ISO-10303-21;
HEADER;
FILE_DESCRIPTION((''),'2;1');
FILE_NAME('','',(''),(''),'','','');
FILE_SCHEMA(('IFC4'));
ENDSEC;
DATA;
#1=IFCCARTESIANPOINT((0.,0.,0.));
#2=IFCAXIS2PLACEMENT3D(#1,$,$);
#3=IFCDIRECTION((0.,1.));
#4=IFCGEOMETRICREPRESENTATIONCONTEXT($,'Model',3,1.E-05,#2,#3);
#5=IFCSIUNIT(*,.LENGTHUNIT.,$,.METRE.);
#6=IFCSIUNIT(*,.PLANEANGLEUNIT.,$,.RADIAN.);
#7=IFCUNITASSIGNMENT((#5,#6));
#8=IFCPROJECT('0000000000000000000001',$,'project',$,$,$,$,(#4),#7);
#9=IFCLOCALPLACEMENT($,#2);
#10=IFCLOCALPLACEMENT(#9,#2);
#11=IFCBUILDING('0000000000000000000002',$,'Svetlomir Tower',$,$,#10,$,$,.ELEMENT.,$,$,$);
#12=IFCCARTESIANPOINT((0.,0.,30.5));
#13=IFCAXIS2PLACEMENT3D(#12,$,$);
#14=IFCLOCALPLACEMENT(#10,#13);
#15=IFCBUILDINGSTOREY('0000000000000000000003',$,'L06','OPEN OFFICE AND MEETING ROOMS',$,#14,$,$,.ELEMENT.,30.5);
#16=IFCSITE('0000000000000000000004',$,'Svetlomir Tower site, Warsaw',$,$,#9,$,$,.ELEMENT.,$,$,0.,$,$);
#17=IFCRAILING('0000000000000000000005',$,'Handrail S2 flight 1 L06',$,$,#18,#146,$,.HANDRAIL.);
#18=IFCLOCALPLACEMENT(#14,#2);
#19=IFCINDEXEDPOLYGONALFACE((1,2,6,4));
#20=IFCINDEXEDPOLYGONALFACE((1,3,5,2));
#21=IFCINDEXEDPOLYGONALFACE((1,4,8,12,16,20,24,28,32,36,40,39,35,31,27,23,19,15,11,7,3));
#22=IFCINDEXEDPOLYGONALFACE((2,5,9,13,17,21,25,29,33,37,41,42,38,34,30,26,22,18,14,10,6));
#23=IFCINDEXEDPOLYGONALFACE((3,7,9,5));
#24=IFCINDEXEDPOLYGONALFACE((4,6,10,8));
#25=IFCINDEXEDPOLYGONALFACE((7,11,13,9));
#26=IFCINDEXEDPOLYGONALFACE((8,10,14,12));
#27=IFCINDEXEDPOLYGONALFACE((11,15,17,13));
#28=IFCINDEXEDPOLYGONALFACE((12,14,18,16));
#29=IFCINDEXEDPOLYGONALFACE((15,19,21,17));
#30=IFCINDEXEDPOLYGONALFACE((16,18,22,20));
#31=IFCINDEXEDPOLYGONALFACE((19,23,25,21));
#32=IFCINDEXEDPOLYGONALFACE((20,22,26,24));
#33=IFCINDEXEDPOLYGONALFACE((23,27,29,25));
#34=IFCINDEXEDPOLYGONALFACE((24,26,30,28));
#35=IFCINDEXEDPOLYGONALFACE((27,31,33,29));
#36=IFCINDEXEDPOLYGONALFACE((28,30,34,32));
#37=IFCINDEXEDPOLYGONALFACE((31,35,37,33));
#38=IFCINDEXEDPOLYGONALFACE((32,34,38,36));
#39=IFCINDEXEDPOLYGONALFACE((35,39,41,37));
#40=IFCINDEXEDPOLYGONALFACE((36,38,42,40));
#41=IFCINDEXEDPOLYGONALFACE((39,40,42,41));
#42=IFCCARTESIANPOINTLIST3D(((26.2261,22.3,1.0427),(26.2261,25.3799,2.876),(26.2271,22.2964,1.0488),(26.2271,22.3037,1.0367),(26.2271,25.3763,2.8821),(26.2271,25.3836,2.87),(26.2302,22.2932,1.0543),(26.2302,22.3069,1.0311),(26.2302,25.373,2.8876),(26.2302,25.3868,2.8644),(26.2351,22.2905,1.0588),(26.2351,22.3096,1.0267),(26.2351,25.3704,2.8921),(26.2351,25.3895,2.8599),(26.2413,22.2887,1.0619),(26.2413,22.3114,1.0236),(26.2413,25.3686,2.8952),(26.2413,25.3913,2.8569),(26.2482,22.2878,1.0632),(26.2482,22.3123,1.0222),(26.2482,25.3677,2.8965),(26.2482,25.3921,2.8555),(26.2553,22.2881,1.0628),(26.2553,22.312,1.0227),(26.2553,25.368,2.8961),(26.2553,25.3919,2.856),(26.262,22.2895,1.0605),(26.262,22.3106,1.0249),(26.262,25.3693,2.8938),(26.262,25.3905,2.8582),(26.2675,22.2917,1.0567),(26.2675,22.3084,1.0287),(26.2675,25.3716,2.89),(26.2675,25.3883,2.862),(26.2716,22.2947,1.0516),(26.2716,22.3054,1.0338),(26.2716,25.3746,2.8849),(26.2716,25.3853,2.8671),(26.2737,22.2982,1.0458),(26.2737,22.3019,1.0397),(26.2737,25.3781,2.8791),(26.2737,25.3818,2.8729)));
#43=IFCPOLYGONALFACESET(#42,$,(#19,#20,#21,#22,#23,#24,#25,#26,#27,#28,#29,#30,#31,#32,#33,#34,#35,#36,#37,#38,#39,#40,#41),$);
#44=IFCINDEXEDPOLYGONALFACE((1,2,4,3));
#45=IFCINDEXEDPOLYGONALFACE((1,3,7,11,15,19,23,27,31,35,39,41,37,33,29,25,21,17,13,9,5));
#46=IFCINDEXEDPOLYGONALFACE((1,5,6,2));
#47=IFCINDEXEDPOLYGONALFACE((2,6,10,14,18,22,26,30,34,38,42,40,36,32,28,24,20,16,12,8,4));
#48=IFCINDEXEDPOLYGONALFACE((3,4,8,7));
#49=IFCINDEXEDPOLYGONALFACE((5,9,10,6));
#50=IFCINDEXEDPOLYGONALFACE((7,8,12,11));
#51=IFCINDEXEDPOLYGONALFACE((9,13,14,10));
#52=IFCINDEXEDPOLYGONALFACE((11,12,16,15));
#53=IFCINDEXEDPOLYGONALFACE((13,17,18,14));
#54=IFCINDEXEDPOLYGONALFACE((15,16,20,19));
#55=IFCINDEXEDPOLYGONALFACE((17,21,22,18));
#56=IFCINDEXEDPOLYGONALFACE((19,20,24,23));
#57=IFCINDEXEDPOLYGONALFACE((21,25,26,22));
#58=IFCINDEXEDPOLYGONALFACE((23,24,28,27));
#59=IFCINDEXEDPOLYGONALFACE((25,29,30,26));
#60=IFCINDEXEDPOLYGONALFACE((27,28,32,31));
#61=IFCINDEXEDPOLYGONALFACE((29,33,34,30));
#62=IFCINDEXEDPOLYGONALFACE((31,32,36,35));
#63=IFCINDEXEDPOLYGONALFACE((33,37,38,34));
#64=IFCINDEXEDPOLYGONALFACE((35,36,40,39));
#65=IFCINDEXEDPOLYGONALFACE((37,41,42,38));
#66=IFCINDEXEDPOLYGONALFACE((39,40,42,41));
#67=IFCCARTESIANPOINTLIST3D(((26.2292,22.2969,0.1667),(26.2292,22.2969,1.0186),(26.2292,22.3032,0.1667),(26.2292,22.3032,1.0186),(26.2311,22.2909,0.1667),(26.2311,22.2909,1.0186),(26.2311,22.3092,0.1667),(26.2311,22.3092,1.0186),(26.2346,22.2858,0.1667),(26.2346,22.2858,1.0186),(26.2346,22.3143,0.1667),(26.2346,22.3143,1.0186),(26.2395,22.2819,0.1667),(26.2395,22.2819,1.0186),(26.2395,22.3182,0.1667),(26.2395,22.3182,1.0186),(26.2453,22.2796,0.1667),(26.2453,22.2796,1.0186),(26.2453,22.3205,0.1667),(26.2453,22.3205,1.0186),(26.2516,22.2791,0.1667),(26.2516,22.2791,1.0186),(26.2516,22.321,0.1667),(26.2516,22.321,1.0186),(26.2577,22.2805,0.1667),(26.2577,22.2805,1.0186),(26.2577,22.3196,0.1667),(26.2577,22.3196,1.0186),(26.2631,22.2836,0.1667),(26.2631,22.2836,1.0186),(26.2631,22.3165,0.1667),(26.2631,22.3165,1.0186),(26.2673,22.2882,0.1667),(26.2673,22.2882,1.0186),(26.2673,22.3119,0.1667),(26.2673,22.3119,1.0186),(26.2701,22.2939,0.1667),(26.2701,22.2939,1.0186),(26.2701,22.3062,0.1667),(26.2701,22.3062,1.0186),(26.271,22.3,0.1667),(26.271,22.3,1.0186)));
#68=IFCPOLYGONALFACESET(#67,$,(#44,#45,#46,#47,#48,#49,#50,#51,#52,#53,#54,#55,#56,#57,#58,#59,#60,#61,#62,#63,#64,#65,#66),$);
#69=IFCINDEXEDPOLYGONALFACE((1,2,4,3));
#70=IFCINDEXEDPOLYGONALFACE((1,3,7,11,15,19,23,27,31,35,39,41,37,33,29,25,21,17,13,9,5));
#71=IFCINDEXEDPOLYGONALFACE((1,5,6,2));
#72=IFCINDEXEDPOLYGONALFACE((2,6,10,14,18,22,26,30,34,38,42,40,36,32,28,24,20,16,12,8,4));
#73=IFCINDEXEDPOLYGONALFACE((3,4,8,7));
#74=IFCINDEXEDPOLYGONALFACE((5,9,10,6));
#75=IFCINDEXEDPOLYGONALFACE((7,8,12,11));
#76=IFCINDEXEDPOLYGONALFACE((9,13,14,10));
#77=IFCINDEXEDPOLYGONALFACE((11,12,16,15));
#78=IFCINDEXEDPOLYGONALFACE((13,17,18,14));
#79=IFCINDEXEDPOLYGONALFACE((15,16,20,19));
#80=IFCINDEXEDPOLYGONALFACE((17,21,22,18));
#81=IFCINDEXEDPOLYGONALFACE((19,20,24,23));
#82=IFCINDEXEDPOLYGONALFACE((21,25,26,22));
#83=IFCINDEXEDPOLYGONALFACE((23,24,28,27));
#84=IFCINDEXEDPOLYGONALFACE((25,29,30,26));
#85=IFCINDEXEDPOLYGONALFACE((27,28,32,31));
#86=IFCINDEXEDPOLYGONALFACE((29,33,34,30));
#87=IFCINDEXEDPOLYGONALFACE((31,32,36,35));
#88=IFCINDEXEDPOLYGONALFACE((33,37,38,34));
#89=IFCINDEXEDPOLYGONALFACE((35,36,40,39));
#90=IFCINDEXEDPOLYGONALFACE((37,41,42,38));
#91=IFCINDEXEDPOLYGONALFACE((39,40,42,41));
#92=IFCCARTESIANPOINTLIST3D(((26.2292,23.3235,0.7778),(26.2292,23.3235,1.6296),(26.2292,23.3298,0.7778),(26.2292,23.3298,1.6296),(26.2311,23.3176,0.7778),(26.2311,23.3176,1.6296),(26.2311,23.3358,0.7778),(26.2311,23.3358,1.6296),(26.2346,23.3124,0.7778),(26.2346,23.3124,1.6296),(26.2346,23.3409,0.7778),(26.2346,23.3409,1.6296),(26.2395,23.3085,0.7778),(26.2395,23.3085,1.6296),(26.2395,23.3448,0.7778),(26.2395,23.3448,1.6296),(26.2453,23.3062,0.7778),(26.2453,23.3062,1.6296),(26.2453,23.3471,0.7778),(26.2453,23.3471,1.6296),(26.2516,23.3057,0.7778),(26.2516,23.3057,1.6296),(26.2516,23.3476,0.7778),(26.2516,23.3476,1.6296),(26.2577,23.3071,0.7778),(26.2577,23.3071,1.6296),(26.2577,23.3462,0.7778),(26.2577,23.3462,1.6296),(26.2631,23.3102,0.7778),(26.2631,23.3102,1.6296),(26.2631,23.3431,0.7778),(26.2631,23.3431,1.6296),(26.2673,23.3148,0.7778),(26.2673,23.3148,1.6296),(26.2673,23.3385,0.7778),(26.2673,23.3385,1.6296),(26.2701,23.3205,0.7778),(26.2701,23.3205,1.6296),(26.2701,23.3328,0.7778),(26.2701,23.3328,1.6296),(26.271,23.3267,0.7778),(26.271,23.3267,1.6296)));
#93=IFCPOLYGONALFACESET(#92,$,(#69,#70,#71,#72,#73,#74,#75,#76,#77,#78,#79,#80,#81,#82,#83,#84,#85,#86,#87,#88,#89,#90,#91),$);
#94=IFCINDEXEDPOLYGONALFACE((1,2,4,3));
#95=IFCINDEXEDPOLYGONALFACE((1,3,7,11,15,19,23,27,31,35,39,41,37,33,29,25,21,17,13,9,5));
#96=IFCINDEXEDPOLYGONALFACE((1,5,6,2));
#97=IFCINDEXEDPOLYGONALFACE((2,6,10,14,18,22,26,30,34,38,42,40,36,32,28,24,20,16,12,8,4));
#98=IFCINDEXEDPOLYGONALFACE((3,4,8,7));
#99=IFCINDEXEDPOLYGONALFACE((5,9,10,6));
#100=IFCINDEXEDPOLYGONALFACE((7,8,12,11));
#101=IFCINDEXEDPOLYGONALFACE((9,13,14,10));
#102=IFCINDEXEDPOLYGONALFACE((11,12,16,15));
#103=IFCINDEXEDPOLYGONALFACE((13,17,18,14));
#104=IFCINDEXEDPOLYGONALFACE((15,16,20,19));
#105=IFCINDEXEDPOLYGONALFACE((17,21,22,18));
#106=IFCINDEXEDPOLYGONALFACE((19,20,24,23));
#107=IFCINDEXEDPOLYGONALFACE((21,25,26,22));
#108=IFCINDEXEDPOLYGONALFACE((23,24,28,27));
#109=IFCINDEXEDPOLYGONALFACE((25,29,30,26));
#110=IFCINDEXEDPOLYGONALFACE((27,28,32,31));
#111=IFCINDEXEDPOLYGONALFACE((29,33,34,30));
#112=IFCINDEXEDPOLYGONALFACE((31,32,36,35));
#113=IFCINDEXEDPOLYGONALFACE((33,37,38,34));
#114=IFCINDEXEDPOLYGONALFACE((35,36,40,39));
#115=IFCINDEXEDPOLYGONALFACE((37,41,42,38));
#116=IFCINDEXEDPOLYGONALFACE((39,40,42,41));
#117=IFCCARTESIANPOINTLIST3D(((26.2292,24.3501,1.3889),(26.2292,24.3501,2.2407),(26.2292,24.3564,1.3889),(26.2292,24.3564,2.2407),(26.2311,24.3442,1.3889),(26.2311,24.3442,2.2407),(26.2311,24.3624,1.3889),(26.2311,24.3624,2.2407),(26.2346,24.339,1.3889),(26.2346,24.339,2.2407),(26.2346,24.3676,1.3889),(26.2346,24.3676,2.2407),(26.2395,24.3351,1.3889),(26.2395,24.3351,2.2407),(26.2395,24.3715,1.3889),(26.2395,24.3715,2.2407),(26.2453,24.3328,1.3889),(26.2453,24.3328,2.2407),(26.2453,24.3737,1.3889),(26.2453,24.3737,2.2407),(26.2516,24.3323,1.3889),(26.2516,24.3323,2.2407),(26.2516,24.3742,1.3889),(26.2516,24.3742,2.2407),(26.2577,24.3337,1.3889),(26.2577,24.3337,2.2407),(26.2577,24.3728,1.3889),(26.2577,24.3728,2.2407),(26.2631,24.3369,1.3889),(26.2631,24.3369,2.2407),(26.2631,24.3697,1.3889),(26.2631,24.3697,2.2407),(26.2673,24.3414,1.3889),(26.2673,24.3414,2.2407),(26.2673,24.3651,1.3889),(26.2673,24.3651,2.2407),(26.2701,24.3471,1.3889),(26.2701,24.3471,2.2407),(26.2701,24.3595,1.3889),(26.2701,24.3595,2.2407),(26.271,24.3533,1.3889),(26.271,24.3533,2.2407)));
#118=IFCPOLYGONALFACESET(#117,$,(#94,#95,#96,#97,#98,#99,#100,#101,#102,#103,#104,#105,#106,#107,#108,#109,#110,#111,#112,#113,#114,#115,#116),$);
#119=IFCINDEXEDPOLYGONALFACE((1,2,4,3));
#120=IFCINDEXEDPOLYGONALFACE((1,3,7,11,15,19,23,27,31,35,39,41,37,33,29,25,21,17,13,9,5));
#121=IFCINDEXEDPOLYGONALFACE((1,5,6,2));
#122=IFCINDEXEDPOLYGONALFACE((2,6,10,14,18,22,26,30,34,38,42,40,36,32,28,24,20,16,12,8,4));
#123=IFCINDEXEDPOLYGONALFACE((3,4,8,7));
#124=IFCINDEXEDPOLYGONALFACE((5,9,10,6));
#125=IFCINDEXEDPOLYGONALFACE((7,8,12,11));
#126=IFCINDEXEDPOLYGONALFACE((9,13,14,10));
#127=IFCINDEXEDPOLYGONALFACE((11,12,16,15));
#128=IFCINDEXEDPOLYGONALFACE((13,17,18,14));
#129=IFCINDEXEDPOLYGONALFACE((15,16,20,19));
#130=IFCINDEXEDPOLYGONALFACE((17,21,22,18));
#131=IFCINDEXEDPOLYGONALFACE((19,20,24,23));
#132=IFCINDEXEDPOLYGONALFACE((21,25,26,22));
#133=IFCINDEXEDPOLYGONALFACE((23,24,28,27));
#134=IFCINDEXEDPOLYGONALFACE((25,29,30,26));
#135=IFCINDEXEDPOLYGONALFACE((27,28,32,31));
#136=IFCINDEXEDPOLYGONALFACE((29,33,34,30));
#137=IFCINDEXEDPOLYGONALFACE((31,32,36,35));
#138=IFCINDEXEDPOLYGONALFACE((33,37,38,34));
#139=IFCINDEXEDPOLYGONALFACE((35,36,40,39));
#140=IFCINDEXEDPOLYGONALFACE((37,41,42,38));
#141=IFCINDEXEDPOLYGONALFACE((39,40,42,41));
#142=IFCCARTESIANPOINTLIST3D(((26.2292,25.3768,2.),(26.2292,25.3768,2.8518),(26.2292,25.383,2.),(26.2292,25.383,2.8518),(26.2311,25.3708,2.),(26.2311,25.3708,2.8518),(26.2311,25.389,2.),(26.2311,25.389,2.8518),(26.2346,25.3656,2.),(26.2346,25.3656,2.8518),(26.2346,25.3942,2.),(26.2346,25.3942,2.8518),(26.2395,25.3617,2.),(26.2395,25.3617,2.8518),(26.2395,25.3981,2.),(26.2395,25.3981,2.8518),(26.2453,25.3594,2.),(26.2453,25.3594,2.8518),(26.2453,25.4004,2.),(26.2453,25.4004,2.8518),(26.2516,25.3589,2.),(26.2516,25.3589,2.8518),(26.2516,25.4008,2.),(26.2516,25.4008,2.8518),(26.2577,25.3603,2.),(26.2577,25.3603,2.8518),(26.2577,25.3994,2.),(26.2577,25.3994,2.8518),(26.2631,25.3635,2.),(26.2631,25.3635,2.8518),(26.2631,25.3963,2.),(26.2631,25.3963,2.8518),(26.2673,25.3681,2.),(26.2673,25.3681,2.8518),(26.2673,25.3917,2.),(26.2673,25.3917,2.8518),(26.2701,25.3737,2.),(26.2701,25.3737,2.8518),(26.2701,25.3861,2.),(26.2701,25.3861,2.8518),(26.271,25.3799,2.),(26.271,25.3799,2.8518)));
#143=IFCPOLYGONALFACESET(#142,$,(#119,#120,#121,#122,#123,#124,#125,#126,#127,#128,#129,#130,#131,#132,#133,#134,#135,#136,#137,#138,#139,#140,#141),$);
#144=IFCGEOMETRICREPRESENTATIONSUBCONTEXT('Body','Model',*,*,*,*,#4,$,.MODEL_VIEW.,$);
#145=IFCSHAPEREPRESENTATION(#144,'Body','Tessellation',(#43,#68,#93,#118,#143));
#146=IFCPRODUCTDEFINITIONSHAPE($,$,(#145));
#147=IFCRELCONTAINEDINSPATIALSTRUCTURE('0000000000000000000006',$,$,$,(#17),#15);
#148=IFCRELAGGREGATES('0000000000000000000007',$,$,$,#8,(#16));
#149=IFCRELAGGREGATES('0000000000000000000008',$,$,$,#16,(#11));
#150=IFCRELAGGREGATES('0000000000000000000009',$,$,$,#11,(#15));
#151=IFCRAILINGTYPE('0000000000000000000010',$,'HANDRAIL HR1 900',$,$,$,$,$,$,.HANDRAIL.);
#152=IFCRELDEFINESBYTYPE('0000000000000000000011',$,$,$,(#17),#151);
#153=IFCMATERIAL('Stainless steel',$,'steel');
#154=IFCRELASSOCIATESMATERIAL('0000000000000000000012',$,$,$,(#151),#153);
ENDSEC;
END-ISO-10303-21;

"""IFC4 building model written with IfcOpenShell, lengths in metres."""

from ifc_helpers import new_model, si_unit, direction, frame, origin, origin_2d, place, context, subcontext, project, spatial, circle, extrude, material, type_object, element, save


model = new_model("IFC4")

# Units and contexts
model_context = context("Model", 3, precision=1e-05, world=origin(), true_north=direction((0.0, 1.0)))
body_context = subcontext(model_context, "Body", "Model", "MODEL_VIEW")
ifc_project = project(units=[si_unit("LENGTHUNIT", "METRE"), si_unit("PLANEANGLEUNIT", "RADIAN")], contexts=[model_context])

# Site, building, storey
site_placement = place(None, origin())
site = spatial("IfcSite", under=ifc_project, at=site_placement, Name="Svetlomir Tower site, Warsaw", CompositionType="ELEMENT", RefElevation=0.0)
building_placement = place(site_placement, origin())
building = spatial("IfcBuilding", under=site, at=building_placement, Name="Svetlomir Tower", CompositionType="ELEMENT")
storey_placement = place(building_placement, frame((0.0, 0.0, 30.5)))
storey = spatial("IfcBuildingStorey", under=building, at=storey_placement, Name="L06", Description="OPEN OFFICE AND MEETING ROOMS", CompositionType="ELEMENT", Elevation=30.5)

# Railing
ifc_material_1 = material(Name="Stainless steel", Category="steel")
railing_type = type_object("IfcRailingType", Name="HANDRAIL HR1 900", PredefinedType="HANDRAIL", material=ifc_material_1)
railing_1_placement = place(storey_placement, frame((26.25, 22.3, 0.1667)))
element("IfcRailing", 1, at=railing_1_placement, inside=storey, type_object=railing_type, Name="Handrail S2 flight 1 L06", PredefinedType="HANDRAIL", context=body_context, shape_type="SweptSolid", body=[
    extrude(circle(Radius=0.0239, at=origin_2d()), frame((0.0, 0.0, 0.876), z_axis=(0.0, 0.859291, 0.511487), x_axis=(-1.0, 0.0, 0.0)), (0.0, 0.0, 1.0), 3.5842),
    extrude(circle(Radius=0.021, at=origin_2d()), origin(), (0.0, 0.0, 1.0), 0.8518),
    extrude(circle(Radius=0.021, at=origin_2d()), frame((0.0, 1.0266, 0.6111)), (0.0, 0.0, 1.0), 0.8518),
    extrude(circle(Radius=0.021, at=origin_2d()), frame((0.0, 2.0532, 1.2222)), (0.0, 0.0, 1.0), 0.8518),
    extrude(circle(Radius=0.021, at=origin_2d()), frame((0.0, 3.0798, 1.8333)), (0.0, 0.0, 1.0), 0.8518),
])

save(model, "model.ifc")
